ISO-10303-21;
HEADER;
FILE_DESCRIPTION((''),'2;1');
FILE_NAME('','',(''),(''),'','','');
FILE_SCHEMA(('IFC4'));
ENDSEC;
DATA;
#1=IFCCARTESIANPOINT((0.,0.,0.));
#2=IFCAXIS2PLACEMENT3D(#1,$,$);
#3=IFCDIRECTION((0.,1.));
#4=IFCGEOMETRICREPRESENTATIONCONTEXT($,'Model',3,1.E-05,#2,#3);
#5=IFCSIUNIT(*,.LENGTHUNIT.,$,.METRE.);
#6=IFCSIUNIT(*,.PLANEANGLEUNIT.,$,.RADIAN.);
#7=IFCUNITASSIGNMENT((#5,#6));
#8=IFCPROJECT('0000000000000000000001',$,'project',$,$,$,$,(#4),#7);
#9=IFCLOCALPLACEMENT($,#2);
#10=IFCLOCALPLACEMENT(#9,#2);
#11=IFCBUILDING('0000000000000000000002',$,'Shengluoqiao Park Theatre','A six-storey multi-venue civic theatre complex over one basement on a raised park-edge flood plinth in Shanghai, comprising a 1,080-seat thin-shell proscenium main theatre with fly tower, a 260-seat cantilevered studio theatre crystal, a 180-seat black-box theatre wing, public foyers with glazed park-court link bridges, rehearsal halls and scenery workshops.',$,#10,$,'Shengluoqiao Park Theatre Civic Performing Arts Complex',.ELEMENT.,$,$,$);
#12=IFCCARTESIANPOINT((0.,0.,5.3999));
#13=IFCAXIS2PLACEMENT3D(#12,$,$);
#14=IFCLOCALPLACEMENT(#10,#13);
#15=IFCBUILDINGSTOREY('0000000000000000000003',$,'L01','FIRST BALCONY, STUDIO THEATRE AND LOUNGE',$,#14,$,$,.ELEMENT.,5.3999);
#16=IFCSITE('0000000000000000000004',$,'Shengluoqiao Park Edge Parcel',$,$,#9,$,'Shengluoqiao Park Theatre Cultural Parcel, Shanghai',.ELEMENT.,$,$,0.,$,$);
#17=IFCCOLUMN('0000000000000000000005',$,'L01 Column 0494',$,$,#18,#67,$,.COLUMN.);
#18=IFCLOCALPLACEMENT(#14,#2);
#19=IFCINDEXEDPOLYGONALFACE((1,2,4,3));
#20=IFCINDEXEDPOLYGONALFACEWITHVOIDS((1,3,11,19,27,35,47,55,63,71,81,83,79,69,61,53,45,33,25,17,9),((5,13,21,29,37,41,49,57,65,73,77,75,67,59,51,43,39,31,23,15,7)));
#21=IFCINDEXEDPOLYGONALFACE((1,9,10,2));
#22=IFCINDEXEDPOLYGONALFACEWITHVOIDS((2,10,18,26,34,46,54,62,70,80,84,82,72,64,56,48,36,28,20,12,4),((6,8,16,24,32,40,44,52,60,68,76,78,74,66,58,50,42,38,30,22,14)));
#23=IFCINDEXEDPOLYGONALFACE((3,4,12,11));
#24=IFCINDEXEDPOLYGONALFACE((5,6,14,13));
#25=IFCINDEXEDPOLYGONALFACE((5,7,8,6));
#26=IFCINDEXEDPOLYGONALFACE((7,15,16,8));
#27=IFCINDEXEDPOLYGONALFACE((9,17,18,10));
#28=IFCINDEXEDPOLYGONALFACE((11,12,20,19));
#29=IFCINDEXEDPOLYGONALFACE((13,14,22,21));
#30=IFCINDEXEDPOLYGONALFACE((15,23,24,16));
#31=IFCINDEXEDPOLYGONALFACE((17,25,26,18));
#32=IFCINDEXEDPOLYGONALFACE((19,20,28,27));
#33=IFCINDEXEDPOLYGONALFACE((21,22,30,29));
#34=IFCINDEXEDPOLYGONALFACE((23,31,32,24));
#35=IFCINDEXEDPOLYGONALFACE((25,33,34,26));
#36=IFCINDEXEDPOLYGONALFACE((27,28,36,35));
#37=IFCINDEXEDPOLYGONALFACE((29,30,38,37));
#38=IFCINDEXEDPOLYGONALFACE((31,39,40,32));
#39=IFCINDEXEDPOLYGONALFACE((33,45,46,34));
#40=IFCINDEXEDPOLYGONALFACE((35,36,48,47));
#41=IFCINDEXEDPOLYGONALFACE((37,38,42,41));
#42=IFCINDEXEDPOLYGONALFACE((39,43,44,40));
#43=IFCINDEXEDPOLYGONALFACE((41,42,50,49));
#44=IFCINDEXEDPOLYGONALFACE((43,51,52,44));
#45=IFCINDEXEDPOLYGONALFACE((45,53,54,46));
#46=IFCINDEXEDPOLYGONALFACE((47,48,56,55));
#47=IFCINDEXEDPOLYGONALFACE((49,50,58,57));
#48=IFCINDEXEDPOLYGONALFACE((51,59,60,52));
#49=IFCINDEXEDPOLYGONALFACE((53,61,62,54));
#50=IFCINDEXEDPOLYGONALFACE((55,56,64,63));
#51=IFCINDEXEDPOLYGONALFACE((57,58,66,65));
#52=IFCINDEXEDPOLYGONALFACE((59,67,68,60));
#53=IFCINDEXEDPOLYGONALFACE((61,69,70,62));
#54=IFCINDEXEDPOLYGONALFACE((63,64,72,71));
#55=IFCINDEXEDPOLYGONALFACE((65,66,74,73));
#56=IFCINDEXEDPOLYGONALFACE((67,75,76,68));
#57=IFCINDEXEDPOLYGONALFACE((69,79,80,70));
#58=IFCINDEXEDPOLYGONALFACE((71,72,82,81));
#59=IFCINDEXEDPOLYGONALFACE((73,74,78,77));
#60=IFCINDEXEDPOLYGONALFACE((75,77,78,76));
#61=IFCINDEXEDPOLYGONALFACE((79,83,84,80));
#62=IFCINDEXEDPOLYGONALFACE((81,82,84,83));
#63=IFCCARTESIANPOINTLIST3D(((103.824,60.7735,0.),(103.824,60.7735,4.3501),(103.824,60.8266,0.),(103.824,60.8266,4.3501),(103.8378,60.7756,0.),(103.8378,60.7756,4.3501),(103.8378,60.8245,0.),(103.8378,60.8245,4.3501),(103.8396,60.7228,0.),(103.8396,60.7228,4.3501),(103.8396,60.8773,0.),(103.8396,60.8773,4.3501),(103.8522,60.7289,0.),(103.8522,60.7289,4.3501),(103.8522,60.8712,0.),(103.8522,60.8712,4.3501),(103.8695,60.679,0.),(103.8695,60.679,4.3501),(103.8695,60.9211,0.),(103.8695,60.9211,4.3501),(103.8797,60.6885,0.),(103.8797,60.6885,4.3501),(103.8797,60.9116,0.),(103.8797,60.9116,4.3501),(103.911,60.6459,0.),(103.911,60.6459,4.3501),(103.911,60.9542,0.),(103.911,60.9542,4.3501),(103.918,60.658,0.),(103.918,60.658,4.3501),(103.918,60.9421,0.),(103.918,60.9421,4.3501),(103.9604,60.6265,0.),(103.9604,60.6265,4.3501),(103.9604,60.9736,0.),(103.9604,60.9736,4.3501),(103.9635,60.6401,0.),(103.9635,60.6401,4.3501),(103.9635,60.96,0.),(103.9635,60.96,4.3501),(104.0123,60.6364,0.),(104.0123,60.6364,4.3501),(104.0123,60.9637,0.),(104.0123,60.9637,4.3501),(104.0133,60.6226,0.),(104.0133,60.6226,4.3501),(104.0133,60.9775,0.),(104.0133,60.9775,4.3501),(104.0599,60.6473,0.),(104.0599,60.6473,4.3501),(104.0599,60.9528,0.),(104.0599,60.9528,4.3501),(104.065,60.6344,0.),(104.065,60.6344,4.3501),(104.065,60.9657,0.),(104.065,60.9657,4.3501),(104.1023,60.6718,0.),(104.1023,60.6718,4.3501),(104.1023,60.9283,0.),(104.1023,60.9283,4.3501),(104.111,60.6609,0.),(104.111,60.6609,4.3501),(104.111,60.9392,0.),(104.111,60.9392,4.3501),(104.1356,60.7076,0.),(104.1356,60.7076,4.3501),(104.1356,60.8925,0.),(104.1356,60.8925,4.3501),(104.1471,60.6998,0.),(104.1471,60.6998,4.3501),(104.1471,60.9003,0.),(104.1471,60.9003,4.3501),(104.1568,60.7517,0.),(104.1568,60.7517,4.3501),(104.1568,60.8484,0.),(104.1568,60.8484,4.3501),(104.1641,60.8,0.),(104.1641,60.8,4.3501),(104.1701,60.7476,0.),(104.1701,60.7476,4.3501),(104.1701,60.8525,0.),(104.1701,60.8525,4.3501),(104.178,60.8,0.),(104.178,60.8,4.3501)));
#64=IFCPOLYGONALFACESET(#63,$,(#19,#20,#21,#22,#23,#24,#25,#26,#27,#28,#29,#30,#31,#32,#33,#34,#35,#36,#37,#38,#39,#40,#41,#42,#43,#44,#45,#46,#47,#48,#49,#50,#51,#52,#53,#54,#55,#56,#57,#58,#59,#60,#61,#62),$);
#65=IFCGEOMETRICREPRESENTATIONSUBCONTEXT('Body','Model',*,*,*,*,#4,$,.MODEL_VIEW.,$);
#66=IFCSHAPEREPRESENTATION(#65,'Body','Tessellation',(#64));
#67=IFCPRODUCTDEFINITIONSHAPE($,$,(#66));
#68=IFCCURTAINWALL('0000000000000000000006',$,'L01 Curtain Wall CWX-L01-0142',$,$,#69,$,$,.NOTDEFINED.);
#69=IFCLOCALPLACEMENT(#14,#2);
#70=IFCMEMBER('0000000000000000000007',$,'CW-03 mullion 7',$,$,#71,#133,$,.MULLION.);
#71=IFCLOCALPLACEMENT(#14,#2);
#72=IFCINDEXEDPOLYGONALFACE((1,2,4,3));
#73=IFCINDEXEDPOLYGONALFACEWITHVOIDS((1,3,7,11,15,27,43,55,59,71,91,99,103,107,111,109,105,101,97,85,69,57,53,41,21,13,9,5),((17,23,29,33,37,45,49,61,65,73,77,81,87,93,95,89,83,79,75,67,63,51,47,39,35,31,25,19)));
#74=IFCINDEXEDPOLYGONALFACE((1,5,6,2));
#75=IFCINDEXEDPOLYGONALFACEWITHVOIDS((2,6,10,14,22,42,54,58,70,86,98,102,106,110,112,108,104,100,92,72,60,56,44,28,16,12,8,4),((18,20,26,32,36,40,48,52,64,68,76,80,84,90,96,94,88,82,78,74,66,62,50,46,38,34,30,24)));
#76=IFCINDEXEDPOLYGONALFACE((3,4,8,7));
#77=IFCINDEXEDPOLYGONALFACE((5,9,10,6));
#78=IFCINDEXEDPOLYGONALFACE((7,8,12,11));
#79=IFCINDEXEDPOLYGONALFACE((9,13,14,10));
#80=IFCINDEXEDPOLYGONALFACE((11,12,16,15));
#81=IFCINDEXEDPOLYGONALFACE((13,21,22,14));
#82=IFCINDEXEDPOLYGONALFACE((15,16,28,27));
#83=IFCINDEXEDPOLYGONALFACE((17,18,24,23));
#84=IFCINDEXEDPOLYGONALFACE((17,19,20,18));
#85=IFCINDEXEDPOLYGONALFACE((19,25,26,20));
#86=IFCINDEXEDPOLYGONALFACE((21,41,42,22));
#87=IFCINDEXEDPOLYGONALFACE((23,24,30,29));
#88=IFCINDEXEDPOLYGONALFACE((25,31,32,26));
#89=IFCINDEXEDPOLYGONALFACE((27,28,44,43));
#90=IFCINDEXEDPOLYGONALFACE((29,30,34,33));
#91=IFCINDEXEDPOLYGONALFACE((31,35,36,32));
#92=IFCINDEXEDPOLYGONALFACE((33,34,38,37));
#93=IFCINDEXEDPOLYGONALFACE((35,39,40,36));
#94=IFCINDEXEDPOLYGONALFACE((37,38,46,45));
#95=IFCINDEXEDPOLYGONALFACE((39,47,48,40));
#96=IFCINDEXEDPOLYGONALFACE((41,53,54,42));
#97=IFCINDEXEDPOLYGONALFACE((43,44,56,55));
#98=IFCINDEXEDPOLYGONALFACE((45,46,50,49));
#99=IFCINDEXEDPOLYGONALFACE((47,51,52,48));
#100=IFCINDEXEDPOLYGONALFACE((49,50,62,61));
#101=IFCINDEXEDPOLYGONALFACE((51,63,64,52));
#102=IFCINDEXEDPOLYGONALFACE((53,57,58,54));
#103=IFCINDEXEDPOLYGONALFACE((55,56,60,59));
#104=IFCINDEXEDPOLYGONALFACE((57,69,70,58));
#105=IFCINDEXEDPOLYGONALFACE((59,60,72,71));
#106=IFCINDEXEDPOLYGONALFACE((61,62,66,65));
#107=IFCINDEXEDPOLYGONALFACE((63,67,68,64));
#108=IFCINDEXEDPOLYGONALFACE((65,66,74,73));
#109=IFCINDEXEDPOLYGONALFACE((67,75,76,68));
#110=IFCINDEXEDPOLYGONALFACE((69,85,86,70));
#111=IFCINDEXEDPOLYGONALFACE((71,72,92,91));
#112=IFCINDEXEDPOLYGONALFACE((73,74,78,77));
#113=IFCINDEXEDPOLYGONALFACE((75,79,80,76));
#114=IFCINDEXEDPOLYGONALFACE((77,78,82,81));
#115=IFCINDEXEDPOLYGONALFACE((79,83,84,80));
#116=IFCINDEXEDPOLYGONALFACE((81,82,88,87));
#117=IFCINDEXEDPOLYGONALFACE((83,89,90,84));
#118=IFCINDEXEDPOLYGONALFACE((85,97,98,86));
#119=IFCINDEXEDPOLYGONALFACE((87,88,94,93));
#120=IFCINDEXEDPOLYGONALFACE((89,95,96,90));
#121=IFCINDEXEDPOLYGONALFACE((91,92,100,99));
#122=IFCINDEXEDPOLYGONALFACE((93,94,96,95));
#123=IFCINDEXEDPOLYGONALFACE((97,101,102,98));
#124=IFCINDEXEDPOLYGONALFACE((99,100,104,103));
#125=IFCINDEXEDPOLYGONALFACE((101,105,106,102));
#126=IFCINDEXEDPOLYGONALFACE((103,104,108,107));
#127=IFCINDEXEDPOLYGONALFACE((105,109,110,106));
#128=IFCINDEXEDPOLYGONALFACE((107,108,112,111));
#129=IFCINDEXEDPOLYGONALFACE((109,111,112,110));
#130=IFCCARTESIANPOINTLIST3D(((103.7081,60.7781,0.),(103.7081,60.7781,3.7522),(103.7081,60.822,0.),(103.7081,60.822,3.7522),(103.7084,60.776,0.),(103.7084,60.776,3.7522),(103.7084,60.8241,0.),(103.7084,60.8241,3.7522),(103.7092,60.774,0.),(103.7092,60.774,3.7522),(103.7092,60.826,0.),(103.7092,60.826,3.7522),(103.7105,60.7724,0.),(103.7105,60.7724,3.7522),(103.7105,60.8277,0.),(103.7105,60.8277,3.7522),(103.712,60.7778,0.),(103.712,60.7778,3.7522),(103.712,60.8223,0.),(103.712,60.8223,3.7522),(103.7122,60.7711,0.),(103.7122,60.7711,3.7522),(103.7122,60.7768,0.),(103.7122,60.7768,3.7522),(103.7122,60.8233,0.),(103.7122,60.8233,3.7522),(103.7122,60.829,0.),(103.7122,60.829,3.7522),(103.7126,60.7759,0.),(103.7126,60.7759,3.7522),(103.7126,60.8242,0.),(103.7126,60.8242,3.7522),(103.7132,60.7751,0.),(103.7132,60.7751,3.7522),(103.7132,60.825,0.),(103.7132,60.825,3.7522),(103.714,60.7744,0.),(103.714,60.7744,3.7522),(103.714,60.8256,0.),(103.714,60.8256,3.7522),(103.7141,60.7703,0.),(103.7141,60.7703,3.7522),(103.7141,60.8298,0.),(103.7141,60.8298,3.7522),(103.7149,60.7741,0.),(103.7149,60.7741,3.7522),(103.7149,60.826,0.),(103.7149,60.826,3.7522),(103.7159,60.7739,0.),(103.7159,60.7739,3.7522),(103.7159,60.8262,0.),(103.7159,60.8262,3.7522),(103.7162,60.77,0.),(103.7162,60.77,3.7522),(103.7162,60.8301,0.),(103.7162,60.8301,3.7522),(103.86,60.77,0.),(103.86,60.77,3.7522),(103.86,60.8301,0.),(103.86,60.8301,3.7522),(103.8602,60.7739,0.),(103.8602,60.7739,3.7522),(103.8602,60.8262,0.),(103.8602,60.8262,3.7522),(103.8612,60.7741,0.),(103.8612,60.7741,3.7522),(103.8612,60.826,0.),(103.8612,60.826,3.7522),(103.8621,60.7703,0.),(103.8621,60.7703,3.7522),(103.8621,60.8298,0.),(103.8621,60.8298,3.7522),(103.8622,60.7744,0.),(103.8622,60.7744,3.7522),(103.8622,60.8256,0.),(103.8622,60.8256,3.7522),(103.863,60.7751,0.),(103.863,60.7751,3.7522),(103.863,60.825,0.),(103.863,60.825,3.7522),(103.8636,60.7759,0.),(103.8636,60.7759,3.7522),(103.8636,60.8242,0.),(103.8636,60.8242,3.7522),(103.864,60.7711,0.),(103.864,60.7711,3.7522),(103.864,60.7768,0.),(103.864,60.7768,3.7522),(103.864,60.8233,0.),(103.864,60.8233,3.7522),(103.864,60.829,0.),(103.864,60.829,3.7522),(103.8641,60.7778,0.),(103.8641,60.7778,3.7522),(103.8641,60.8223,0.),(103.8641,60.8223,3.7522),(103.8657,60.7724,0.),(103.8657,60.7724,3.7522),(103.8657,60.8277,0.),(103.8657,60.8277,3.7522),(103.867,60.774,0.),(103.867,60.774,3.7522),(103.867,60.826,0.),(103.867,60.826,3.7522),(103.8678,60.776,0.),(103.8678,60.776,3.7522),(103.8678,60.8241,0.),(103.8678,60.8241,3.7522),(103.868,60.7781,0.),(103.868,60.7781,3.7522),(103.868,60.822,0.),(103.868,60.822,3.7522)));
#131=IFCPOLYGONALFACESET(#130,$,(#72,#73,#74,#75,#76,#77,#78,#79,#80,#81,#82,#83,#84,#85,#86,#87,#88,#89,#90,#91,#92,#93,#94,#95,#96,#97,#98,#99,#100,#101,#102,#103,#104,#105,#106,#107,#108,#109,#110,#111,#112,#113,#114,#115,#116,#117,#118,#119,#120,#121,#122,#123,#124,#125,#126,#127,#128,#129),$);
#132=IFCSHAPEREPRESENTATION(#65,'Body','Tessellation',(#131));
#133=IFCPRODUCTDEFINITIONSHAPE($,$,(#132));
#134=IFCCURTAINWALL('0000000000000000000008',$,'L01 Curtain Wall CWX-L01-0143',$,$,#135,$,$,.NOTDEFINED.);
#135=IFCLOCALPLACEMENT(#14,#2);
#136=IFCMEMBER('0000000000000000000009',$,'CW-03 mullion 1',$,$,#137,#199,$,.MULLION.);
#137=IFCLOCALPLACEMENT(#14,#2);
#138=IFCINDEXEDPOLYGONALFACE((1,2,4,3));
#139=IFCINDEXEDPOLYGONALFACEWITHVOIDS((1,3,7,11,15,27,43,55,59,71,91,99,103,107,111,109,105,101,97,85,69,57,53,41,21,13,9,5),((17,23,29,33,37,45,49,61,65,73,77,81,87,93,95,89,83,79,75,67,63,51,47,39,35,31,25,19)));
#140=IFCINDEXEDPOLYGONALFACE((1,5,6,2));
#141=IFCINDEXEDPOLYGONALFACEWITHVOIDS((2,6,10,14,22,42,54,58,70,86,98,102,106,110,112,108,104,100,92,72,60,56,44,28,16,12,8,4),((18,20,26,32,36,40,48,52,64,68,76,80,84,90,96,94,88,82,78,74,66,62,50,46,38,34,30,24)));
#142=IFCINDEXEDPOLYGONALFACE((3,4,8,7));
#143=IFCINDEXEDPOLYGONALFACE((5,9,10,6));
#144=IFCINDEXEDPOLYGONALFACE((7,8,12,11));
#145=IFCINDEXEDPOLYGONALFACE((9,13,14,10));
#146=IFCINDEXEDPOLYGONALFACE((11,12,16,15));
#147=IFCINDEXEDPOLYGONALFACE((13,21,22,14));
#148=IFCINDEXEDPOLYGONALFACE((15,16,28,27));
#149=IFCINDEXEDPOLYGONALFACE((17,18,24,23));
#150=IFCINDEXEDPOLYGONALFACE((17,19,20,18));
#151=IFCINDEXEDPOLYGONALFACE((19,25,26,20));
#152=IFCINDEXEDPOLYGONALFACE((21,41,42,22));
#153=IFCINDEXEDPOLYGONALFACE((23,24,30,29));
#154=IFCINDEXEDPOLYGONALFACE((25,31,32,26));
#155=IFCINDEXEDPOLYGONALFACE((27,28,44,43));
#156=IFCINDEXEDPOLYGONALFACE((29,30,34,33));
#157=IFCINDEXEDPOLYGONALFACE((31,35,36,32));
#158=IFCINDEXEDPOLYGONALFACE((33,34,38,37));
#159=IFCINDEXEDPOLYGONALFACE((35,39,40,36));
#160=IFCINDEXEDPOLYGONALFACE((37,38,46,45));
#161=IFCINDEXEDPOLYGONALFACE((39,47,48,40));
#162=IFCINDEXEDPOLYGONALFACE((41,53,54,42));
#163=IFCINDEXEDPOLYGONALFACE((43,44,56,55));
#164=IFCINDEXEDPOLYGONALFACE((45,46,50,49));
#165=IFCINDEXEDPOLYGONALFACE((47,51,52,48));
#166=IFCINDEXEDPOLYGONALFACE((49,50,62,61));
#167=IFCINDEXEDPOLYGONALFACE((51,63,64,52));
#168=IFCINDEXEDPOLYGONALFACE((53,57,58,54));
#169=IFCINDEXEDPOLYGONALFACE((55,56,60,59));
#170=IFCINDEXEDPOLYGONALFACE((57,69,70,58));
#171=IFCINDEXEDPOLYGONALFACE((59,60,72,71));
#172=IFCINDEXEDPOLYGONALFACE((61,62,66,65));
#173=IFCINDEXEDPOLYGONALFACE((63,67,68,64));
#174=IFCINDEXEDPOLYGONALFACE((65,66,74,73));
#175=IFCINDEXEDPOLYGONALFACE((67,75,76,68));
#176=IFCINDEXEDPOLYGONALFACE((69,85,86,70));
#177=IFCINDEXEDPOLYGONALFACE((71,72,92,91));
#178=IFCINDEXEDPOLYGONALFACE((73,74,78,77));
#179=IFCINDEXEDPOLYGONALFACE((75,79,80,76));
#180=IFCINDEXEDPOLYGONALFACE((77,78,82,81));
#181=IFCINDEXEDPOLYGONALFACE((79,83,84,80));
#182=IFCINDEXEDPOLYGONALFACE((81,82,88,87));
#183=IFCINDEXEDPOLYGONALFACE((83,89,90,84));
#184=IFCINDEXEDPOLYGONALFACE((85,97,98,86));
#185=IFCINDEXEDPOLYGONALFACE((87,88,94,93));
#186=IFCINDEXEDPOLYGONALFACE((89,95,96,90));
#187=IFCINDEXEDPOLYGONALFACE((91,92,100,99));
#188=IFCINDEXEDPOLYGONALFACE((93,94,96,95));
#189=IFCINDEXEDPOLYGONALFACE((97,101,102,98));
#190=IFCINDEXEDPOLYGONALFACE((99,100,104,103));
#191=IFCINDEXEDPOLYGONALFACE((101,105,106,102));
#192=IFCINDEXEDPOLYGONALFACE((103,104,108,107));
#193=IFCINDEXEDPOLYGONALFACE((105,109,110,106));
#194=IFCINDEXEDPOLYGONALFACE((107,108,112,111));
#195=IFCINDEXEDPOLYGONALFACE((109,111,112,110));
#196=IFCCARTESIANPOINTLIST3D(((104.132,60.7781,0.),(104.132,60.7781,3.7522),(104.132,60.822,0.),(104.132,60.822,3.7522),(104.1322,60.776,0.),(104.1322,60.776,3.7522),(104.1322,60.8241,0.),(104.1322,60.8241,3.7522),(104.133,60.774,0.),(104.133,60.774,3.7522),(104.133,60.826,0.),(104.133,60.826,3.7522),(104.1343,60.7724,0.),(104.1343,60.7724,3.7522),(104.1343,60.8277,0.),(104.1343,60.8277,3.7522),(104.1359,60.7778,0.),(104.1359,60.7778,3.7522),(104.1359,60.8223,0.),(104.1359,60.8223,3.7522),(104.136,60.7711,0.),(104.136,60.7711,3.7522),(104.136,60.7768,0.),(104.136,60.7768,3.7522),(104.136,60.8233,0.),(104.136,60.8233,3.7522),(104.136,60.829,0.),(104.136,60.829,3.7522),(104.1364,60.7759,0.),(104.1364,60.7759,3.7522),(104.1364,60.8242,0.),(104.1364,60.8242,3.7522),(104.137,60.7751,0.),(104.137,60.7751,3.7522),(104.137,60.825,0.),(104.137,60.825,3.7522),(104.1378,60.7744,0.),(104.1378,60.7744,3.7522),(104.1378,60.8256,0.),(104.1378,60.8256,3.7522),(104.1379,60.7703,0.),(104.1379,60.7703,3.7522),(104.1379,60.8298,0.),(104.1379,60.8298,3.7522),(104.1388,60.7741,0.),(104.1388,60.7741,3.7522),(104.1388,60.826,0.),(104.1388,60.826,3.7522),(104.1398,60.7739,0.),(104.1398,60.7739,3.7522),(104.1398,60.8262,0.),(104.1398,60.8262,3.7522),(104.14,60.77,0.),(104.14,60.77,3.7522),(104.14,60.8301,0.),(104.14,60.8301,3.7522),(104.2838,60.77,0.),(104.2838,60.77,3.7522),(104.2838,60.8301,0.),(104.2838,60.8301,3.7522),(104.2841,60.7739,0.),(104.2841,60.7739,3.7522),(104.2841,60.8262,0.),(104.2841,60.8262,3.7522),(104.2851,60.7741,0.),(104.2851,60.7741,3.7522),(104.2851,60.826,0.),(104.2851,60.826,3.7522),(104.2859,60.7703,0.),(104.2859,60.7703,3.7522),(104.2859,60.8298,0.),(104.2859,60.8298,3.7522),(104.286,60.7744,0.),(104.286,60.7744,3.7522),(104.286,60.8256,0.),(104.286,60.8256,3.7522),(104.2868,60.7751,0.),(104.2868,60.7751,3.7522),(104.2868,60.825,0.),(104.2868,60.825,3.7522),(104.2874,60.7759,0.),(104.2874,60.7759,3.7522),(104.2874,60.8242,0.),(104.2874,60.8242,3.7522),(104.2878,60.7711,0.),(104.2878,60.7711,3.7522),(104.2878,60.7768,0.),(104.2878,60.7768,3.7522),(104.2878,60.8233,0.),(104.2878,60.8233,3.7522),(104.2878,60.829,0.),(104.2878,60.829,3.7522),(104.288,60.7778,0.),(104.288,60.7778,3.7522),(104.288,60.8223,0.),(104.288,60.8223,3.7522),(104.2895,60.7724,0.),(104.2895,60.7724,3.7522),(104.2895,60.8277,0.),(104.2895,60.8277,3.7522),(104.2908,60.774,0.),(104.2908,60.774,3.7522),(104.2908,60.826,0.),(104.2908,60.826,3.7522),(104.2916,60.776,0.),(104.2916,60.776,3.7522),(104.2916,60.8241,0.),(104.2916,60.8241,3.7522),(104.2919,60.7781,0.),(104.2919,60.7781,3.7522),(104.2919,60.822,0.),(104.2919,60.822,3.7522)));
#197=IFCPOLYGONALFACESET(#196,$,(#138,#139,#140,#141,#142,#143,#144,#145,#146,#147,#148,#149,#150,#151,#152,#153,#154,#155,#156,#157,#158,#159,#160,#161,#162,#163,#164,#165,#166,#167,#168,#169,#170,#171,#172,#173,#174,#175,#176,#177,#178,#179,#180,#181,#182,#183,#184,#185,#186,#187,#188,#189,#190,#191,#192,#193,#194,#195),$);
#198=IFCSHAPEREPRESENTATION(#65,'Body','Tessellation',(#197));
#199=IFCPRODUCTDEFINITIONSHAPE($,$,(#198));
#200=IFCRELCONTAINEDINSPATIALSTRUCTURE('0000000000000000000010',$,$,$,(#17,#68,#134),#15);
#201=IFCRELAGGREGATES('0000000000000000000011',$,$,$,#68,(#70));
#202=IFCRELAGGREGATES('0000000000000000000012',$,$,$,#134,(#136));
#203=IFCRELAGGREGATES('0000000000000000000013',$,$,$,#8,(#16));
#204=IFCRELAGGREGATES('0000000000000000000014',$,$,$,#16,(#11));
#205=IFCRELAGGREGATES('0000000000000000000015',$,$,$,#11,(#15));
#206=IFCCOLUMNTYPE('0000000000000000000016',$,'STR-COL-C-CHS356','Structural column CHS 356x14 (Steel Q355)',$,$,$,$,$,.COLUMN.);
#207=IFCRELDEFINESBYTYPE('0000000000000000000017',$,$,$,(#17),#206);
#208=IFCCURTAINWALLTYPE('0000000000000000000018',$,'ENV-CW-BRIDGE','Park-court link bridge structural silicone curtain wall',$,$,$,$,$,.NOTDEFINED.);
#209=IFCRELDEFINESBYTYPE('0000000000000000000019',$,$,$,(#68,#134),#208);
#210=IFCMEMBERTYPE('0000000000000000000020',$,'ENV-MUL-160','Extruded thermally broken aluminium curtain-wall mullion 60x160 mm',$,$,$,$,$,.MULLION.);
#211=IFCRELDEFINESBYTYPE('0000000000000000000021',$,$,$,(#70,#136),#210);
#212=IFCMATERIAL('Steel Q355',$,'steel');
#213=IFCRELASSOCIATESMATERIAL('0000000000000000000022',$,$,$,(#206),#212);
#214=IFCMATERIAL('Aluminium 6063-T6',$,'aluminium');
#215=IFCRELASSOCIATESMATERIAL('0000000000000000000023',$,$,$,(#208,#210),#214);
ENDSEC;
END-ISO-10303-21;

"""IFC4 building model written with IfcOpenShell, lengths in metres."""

from ifc_helpers import new_model, si_unit, direction, frame, origin, origin_2d, place, context, subcontext, project, spatial, hollow_rectangle, hollow_circle, extrude, material, material_profile, profile_set, type_object, element, aggregate, save


model = new_model("IFC4")

# Units and contexts
model_context = context("Model", 3, precision=1e-05, world=origin(), true_north=direction((0.0, 1.0)))
body_context = subcontext(model_context, "Body", "Model", "MODEL_VIEW")
ifc_project = project(units=[si_unit("LENGTHUNIT", "METRE"), si_unit("PLANEANGLEUNIT", "RADIAN")], contexts=[model_context])

# Site, building, storey
site_placement = place(None, origin())
site = spatial("IfcSite", under=ifc_project, at=site_placement, Name="Shengluoqiao Park Edge Parcel", LongName="Shengluoqiao Park Theatre Cultural Parcel, Shanghai", CompositionType="ELEMENT", RefElevation=0.0)
building_placement = place(site_placement, origin())
building = spatial("IfcBuilding", under=site, at=building_placement, Name="Shengluoqiao Park Theatre", Description="A six-storey multi-venue civic theatre complex over one basement on a raised park-edge flood plinth in Shanghai, comprising a 1,080-seat thin-shell proscenium main theatre with fly tower, a 260-seat cantilevered studio theatre crystal, a 180-seat black-box theatre wing, public foyers with glazed park-court link bridges, rehearsal halls and scenery workshops.", LongName="Shengluoqiao Park Theatre Civic Performing Arts Complex", CompositionType="ELEMENT")
storey_placement = place(building_placement, frame((0.0, 0.0, 5.3999)))
storey = spatial("IfcBuildingStorey", under=building, at=storey_placement, Name="L01", Description="FIRST BALCONY, STUDIO THEATRE AND LOUNGE", CompositionType="ELEMENT", Elevation=5.3999)

# Column
ifc_material_1 = material(Name="Steel Q355", Category="steel")
ifc_material_profile_1 = material_profile(ifc_material_1, hollow_circle(Radius=0.178, WallThickness=0.0139, at=origin_2d()), Name="CHS 356x14")
ifc_profile_set_1 = profile_set([ifc_material_profile_1], Name="Steel Q355")
column_type = type_object("IfcColumnType", Name="STR-COL-C-CHS356", Description="Structural column CHS 356x14 (Steel Q355)", PredefinedType="COLUMN", material=ifc_profile_set_1)
column_placement = place(storey_placement, frame((104.0, 60.8, 0.0), z_axis=(0.0, 0.0, 1.0), x_axis=(1.0, 0.0, 0.0)))
element("IfcColumn", 1, at=column_placement, inside=storey, type_object=column_type, Name="L01 Column 0494", PredefinedType="COLUMN", context=body_context, shape_type="SweptSolid", body=[
    extrude(hollow_circle(Radius=0.178, WallThickness=0.0139, at=origin_2d()), origin(), (0.0, 0.0, 1.0), 4.3501),
])

# Curtain wall, member
ifc_material_2 = material(Name="Aluminium 6063-T6", Category="aluminium")
curtain_wall_type = type_object("IfcCurtainWallType", Name="ENV-CW-BRIDGE", Description="Park-court link bridge structural silicone curtain wall", PredefinedType="NOTDEFINED", material=ifc_material_2)
curtain_wall_1_placement = place(storey_placement, origin())
curtain_wall_1 = element("IfcCurtainWall", 2, at=curtain_wall_1_placement, inside=storey, type_object=curtain_wall_type, Name="L01 Curtain Wall CWX-L01-0142", PredefinedType="NOTDEFINED")
ifc_material_profile_2 = material_profile(ifc_material_2, hollow_rectangle(XDim=0.0601, YDim=0.1599, WallThickness=0.0039, InnerFilletRadius=0.0039, OuterFilletRadius=0.0081, at=origin_2d()), Name="ALU MULLION 160x60x4")
ifc_profile_set_2 = profile_set([ifc_material_profile_2], Name="Aluminium 6063-T6")
member_type_1 = type_object("IfcMemberType", Name="ENV-MUL-160", Description="Extruded thermally broken aluminium curtain-wall mullion 60x160 mm", PredefinedType="MULLION", material=ifc_profile_set_2)
member_1_placement = place(storey_placement, frame((103.7881, 60.8, 0.0), z_axis=(0.0, 0.0, 1.0), x_axis=(0.0, 1.0, 0.0)))
member_1 = element("IfcMember", 3, at=member_1_placement, type_object=member_type_1, Name="CW-03 mullion 7", PredefinedType="MULLION", context=body_context, shape_type="SweptSolid", body=[
    extrude(hollow_rectangle(XDim=0.0601, YDim=0.1599, WallThickness=0.0039, InnerFilletRadius=0.0039, OuterFilletRadius=0.0081, at=origin_2d()), origin(), (0.0, 0.0, 1.0), 3.7522),
])

# Curtain wall, member
curtain_wall_2_placement = place(storey_placement, origin())
curtain_wall_2 = element("IfcCurtainWall", 4, at=curtain_wall_2_placement, inside=storey, type_object=curtain_wall_type, Name="L01 Curtain Wall CWX-L01-0143", PredefinedType="NOTDEFINED")
member_2_placement = place(storey_placement, frame((104.2119, 60.8, 0.0), z_axis=(0.0, 0.0, 1.0), x_axis=(0.0, 1.0, 0.0)))
member_2 = element("IfcMember", 5, at=member_2_placement, type_object=member_type_1, Name="CW-03 mullion 1", PredefinedType="MULLION", context=body_context, shape_type="SweptSolid", body=[
    extrude(hollow_rectangle(XDim=0.0601, YDim=0.1599, WallThickness=0.0039, InnerFilletRadius=0.0039, OuterFilletRadius=0.0081, at=origin_2d()), origin(), (0.0, 0.0, 1.0), 3.7522),
])

aggregate(curtain_wall_1, [member_1])
aggregate(curtain_wall_2, [member_2])

save(model, "model.ifc")
